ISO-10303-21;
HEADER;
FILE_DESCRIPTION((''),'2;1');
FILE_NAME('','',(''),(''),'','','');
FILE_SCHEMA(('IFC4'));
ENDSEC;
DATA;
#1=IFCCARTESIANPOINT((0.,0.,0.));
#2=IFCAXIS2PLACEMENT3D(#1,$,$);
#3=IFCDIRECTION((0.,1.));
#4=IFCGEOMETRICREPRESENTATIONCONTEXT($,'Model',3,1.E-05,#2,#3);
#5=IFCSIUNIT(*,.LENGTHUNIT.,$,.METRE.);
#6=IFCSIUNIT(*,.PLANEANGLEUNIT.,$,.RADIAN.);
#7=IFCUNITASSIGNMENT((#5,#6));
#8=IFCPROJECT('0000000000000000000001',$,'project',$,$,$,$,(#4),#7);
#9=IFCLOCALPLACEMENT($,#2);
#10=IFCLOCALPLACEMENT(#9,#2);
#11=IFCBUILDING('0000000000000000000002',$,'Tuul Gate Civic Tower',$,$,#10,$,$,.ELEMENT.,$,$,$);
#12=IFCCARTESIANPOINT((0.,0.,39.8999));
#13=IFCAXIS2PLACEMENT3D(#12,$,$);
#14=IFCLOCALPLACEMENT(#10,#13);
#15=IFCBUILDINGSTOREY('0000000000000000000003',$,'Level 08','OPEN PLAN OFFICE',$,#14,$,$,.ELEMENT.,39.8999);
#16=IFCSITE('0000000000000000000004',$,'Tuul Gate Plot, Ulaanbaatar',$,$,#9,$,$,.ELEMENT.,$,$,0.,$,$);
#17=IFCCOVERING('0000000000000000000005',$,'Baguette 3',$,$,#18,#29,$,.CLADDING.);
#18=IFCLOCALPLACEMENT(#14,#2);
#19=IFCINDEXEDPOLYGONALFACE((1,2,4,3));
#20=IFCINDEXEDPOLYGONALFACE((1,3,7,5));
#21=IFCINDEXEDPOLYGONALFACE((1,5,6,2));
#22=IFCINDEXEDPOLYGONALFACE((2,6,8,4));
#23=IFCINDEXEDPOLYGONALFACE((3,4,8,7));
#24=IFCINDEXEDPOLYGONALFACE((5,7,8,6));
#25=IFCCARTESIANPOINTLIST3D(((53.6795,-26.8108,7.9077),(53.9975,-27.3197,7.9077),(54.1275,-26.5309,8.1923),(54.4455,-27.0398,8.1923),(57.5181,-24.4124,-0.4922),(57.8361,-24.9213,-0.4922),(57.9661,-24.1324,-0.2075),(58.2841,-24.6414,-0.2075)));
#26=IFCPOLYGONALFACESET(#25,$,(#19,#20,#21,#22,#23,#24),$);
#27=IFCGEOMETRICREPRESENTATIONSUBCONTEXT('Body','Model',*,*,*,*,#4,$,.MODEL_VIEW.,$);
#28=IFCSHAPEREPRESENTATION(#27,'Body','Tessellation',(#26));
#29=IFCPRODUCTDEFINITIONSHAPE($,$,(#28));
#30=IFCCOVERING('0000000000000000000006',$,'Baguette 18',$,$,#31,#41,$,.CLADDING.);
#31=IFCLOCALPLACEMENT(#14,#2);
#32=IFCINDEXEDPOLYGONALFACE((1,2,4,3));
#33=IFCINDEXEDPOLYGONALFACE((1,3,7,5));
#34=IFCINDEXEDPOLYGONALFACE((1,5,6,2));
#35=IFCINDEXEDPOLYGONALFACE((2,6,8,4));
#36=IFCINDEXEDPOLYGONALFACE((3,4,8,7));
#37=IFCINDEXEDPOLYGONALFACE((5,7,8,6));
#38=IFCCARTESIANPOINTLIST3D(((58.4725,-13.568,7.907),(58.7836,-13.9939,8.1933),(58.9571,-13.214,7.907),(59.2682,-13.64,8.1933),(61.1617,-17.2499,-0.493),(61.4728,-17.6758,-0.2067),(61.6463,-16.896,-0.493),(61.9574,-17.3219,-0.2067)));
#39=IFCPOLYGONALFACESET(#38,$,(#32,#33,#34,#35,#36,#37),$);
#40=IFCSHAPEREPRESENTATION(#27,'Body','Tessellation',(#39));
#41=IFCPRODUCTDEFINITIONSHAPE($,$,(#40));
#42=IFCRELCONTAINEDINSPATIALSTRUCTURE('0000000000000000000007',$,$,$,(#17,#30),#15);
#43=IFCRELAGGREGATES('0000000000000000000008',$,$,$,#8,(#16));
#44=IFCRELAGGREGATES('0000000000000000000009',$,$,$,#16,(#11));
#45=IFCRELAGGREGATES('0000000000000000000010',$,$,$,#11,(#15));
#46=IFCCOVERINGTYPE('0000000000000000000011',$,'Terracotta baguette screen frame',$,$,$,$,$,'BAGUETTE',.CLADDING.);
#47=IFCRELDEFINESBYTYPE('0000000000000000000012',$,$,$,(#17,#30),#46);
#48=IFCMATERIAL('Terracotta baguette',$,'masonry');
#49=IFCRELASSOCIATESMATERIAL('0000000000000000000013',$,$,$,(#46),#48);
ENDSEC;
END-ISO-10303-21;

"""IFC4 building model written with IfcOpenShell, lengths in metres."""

from ifc_helpers import new_model, si_unit, direction, frame, origin, origin_2d, place, context, subcontext, project, spatial, rectangle, extrude, material, material_profile, profile_set, type_object, element, save


model = new_model("IFC4")

# Units and contexts
model_context = context("Model", 3, precision=1e-05, world=origin(), true_north=direction((0.0, 1.0)))
body_context = subcontext(model_context, "Body", "Model", "MODEL_VIEW")
ifc_project = project(units=[si_unit("LENGTHUNIT", "METRE"), si_unit("PLANEANGLEUNIT", "RADIAN")], contexts=[model_context])

# Site, building, storey
site_placement = place(None, origin())
site = spatial("IfcSite", under=ifc_project, at=site_placement, Name="Tuul Gate Plot, Ulaanbaatar", CompositionType="ELEMENT", RefElevation=0.0)
building_placement = place(site_placement, origin())
building = spatial("IfcBuilding", under=site, at=building_placement, Name="Tuul Gate Civic Tower", CompositionType="ELEMENT")
storey_placement = place(building_placement, frame((0.0, 0.0, 39.8999)))
storey = spatial("IfcBuildingStorey", under=building, at=storey_placement, Name="Level 08", Description="OPEN PLAN OFFICE", CompositionType="ELEMENT", Elevation=39.8999)

# Coverings
ifc_material_1 = material(Name="Terracotta baguette", Category="masonry")
ifc_material_profile_1 = material_profile(ifc_material_1, rectangle(XDim=0.6001, YDim=0.6001, at=origin_2d()), Name="Terracotta baguette screen frame")
ifc_profile_set_1 = profile_set([ifc_material_profile_1], Name="Terracotta baguette")
covering_type = type_object("IfcCoveringType", Name="Terracotta baguette screen frame", ElementType="BAGUETTE", PredefinedType="CLADDING", material=ifc_profile_set_1)
covering_1_placement = place(storey_placement, frame((57.9011, -24.5269, -0.3499), z_axis=(-0.402296, -0.251361, 0.880327), x_axis=(0.529887, -0.848068, 0.0)))
element("IfcCovering", 1, at=covering_1_placement, inside=storey, type_object=covering_type, Name="Baguette 3", PredefinedType="CLADDING", context=body_context, shape_type="SweptSolid", body=[
    extrude(rectangle(XDim=0.6001, YDim=0.6001, at=origin_2d()), origin(), (0.0, 0.0, 1.0), 9.5417),
])
covering_2_placement = place(storey_placement, frame((61.5596, -17.2859, -0.3499), z_axis=(-0.281371, 0.385234, 0.878877), x_axis=(-0.807537, -0.589817, 0.0)))
element("IfcCovering", 2, at=covering_2_placement, inside=storey, type_object=covering_type, Name="Baguette 18", PredefinedType="CLADDING", context=body_context, shape_type="SweptSolid", body=[
    extrude(rectangle(XDim=0.6001, YDim=0.6001, at=origin_2d()), origin(), (0.0, 0.0, 1.0), 9.5576),
])

save(model, "model.ifc")
